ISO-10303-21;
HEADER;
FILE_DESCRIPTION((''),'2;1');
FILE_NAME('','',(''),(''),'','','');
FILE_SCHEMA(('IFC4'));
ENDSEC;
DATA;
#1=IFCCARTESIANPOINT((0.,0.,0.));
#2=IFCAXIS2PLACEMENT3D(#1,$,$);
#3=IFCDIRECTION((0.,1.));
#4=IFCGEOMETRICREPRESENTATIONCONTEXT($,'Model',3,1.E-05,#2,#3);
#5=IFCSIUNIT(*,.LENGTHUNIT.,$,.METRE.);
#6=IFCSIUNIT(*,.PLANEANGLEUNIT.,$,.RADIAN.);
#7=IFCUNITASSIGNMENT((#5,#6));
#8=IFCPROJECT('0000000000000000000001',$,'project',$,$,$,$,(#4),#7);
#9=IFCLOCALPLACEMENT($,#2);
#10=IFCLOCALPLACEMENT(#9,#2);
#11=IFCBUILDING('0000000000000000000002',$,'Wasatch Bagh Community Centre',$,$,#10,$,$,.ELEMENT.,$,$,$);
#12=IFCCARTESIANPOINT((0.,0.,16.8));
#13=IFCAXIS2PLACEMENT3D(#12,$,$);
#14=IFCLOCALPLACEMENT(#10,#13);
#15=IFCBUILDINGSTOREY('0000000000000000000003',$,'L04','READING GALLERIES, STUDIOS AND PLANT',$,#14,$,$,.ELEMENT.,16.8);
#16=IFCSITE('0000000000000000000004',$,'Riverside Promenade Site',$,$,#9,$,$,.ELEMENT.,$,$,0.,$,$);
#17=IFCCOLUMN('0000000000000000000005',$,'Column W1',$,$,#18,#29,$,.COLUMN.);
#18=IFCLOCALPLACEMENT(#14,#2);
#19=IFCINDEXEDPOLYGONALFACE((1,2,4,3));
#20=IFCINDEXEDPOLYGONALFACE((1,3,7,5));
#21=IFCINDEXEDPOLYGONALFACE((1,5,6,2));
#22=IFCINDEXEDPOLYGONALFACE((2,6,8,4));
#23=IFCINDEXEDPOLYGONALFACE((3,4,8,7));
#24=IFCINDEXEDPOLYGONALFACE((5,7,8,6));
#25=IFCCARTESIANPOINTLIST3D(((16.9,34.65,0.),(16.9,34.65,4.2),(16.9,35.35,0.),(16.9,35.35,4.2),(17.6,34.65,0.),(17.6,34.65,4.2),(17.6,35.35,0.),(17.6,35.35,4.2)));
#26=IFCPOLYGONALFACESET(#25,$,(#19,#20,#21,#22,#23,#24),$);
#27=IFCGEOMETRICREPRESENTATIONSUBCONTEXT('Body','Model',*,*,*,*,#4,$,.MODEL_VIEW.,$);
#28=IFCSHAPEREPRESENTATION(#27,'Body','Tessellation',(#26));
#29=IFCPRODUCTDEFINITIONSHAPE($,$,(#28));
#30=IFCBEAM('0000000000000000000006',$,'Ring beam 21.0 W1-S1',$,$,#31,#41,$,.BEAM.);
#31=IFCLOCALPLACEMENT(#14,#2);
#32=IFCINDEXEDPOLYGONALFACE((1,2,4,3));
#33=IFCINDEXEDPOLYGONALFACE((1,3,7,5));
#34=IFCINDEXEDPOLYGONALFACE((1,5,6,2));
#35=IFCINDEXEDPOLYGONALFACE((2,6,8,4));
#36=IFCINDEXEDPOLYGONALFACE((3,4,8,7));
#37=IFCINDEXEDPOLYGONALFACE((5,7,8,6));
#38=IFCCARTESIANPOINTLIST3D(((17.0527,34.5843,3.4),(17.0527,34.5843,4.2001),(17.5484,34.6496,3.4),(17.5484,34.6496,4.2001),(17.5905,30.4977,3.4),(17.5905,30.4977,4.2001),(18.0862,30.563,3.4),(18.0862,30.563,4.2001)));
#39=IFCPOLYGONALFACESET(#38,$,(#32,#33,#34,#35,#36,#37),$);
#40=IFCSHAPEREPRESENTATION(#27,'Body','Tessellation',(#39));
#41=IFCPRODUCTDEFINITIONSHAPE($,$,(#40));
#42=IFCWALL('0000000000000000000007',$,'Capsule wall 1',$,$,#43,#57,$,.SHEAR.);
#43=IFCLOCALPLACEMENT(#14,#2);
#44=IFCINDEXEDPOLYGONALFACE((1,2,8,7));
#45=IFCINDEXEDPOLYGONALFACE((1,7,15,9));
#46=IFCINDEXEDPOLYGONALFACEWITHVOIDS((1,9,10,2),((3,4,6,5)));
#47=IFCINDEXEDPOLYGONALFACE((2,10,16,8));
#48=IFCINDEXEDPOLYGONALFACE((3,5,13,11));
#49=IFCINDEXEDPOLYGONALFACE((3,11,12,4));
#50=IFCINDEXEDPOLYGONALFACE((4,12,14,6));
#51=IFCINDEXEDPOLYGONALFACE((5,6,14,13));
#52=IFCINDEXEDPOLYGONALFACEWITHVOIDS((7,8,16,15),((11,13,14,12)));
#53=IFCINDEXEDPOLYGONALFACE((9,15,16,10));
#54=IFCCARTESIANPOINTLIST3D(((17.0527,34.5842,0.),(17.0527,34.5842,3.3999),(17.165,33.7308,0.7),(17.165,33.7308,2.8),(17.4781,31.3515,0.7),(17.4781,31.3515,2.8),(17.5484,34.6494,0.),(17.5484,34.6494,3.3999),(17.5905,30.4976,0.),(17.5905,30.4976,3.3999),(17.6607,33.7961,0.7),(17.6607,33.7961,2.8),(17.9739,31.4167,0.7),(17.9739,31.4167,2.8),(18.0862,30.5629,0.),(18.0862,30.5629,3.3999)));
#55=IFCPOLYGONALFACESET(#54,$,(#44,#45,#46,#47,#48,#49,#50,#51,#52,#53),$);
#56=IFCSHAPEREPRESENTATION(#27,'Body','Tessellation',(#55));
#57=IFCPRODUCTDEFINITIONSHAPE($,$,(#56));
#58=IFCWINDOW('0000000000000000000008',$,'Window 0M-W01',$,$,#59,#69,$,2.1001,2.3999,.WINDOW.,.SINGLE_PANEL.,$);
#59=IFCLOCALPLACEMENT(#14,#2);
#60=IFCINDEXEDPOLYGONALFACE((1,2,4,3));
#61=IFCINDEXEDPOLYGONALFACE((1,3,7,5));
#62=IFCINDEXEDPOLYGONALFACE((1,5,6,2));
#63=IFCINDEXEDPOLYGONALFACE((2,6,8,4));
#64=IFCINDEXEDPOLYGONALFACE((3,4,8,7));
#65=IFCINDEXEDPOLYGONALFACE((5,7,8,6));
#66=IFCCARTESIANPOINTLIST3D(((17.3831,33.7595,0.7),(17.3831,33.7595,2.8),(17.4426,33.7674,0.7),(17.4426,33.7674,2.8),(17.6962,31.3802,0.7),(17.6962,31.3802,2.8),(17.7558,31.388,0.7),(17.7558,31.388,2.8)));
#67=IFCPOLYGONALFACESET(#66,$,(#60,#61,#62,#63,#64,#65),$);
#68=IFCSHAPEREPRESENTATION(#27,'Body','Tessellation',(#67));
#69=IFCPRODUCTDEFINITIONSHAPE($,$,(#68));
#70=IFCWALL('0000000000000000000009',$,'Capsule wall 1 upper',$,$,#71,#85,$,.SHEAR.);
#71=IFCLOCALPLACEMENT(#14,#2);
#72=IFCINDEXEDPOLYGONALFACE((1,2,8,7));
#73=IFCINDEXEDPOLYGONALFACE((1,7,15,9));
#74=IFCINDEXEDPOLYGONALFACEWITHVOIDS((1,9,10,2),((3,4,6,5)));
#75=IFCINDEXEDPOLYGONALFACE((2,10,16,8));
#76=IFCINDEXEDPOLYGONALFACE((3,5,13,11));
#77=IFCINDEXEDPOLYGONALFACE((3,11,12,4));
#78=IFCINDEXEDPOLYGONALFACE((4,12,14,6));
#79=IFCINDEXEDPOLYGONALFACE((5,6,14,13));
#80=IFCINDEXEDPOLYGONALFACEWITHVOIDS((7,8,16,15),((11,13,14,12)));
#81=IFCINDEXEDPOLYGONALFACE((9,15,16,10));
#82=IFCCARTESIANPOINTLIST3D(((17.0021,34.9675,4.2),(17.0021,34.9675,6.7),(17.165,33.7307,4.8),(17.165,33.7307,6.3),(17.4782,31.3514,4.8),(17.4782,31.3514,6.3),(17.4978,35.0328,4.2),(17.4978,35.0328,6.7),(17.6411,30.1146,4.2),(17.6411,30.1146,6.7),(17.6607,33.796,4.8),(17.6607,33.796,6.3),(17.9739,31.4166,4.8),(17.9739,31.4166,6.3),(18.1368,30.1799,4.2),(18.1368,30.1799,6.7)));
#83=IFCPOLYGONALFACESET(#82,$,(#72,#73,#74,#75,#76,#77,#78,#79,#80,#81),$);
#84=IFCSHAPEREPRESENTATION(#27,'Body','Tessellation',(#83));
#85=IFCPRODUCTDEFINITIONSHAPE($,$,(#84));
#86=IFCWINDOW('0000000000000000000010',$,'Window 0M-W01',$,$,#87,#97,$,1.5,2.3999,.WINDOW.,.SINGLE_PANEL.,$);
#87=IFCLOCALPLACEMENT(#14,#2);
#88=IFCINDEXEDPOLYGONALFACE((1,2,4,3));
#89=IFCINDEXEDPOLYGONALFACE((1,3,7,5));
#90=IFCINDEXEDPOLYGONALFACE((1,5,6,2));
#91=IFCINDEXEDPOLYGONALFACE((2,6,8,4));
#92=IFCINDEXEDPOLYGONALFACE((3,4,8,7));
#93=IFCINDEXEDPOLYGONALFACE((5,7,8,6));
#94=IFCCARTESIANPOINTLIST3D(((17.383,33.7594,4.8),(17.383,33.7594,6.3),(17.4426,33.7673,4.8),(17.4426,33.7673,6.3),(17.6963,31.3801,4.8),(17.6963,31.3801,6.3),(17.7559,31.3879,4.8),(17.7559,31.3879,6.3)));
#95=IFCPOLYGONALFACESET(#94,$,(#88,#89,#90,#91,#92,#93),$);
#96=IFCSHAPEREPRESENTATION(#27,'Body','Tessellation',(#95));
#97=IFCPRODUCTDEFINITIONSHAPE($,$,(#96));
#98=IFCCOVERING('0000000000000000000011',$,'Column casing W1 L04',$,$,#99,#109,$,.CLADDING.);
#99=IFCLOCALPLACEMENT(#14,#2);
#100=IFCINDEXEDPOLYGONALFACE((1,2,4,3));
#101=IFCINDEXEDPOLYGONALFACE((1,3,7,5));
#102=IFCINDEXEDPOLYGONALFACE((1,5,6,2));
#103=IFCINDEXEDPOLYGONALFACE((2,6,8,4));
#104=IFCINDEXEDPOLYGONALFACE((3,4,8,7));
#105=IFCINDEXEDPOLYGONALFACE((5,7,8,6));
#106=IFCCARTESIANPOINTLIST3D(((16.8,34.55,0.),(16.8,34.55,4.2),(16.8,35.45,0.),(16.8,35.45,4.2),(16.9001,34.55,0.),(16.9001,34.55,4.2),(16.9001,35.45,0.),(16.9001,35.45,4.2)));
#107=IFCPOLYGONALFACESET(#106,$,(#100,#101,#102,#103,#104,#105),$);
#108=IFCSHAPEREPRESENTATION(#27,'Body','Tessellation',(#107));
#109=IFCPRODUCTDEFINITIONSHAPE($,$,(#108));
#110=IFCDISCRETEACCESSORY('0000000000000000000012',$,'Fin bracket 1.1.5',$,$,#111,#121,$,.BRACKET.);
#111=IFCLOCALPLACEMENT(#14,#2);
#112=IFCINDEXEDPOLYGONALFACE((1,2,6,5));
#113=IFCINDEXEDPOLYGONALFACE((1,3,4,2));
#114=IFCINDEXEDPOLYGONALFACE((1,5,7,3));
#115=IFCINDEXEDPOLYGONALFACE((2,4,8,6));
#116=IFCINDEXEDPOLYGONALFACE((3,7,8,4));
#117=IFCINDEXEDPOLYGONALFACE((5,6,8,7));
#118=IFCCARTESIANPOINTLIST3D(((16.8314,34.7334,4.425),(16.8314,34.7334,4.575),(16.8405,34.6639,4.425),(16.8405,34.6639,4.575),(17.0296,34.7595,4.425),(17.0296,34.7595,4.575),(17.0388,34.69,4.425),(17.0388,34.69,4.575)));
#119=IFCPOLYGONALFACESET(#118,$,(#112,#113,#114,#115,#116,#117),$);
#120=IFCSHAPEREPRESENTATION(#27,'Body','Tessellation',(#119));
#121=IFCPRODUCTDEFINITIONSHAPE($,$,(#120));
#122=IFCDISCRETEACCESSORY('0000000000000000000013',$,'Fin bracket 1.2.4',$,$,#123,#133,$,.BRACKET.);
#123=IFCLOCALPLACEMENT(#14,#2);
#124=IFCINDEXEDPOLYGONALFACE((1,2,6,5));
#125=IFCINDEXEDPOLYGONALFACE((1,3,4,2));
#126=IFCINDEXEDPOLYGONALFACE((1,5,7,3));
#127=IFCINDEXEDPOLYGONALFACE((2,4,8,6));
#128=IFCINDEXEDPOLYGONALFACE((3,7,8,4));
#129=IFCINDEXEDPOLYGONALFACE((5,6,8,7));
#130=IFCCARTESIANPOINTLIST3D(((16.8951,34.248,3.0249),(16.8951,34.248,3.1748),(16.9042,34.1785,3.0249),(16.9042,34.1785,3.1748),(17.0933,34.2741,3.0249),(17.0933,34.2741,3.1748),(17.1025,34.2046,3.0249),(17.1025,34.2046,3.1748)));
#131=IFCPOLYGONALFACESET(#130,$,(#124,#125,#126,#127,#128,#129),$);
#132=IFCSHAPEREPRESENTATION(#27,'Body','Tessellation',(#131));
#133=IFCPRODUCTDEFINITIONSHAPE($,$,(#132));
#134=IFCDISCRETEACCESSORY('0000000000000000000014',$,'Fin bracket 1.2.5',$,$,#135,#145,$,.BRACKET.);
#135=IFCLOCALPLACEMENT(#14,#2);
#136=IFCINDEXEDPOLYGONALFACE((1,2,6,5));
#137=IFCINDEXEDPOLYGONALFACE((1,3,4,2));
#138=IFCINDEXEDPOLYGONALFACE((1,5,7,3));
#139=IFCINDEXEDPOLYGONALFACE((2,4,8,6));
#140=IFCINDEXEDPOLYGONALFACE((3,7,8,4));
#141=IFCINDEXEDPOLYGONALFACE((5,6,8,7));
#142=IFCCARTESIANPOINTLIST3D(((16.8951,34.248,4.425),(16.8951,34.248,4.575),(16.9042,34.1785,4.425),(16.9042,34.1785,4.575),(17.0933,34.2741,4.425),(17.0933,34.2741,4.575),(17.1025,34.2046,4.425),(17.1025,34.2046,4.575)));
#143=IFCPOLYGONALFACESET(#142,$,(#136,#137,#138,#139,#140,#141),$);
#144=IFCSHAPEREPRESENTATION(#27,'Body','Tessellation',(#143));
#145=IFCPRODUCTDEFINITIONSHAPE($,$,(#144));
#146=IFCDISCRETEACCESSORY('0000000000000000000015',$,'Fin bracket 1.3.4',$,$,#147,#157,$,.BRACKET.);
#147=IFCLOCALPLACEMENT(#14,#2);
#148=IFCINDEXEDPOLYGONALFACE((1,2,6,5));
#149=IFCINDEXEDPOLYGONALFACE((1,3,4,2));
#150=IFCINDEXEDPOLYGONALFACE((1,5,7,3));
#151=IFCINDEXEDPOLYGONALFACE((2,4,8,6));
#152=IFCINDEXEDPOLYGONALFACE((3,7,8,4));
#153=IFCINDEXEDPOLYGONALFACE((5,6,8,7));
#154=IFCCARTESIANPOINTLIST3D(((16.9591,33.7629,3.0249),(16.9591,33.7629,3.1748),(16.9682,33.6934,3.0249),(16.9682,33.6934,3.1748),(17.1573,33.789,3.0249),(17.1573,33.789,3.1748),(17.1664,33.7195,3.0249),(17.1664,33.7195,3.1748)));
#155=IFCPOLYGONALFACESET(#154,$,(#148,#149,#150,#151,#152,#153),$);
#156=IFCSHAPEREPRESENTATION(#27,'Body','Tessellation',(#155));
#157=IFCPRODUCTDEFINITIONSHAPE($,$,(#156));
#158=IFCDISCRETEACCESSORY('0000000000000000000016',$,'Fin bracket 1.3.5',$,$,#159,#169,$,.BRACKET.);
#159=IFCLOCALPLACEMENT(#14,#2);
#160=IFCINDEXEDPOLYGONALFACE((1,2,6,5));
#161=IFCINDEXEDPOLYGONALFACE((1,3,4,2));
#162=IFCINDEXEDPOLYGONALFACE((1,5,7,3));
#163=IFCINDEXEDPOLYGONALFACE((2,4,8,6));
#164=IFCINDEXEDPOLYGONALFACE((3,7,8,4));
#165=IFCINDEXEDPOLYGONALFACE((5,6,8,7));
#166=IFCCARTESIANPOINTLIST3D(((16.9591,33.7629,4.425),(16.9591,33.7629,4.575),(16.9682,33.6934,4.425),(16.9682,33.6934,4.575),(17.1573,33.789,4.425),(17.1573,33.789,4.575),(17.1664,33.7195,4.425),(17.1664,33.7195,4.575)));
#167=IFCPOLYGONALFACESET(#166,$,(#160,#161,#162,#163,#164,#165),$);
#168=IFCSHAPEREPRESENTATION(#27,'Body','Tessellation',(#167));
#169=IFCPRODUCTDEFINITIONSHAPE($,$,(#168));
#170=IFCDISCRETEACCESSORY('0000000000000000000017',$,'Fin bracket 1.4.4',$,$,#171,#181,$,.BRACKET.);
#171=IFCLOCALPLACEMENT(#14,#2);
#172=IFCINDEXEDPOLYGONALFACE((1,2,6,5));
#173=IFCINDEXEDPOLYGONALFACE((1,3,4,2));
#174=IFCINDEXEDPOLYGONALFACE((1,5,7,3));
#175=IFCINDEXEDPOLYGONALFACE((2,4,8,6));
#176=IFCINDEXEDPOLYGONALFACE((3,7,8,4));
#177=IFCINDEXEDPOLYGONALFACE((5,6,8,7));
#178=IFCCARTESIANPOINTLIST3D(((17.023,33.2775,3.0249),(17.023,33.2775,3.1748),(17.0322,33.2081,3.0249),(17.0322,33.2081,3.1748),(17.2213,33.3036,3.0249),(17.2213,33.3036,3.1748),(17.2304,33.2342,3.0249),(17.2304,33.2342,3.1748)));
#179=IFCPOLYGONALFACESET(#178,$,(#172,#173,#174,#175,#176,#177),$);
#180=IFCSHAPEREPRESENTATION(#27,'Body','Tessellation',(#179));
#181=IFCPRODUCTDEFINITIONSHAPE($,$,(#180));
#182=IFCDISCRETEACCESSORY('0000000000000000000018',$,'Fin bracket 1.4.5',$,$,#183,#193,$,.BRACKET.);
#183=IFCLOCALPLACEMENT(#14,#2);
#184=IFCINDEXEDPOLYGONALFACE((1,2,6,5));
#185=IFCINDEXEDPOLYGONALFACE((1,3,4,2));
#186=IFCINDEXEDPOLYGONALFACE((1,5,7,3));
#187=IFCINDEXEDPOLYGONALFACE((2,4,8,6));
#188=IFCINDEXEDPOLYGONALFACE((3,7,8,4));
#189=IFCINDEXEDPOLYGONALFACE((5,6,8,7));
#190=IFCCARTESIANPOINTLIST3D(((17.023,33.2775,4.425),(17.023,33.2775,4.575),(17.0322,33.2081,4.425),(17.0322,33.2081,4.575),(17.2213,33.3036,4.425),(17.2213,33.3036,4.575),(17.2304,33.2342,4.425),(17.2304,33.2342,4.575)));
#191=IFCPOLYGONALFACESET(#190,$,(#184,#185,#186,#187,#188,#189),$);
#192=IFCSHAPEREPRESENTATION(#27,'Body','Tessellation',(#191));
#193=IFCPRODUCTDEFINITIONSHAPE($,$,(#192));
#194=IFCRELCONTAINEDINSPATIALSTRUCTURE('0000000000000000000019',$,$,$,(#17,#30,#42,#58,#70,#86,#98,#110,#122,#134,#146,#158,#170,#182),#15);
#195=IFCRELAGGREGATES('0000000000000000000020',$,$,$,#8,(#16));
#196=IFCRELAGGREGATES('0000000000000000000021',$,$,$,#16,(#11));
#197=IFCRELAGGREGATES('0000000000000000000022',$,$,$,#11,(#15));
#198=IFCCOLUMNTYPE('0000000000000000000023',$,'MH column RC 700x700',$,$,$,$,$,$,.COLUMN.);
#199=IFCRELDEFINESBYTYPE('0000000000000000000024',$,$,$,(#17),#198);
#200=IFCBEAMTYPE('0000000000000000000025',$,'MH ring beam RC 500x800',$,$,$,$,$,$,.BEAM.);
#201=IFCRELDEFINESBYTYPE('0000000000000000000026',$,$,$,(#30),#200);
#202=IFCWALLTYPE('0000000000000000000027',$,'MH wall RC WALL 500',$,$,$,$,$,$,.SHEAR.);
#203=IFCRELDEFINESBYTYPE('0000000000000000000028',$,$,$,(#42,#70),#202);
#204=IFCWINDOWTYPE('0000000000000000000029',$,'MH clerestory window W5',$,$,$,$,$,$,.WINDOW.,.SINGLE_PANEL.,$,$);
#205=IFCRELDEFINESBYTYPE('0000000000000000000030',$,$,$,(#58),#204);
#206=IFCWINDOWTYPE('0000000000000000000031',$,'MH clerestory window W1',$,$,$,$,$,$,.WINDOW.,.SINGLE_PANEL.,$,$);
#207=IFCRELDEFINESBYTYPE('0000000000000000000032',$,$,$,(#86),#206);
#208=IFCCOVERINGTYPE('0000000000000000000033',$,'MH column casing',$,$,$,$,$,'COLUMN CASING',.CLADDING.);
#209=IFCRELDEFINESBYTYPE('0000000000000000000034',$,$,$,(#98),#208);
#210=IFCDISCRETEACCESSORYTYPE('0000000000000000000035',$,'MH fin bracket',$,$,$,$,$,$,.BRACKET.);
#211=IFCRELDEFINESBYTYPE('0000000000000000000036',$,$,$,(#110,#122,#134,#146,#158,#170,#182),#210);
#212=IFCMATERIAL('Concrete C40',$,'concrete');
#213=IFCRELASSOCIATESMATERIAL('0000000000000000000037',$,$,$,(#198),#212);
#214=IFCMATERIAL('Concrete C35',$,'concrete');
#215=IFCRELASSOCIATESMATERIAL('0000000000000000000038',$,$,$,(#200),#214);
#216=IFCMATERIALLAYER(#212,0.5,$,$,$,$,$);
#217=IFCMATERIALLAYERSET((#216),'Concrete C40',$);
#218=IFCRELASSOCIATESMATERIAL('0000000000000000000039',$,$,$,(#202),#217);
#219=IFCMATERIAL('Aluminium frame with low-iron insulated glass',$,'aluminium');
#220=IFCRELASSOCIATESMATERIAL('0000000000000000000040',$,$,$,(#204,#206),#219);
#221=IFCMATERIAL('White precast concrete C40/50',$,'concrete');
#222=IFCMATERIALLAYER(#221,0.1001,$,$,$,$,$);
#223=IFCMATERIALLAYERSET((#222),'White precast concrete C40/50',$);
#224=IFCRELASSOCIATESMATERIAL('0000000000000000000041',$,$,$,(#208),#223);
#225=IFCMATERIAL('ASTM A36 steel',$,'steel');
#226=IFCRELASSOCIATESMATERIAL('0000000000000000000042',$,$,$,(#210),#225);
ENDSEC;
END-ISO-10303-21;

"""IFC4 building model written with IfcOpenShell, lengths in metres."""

from ifc_helpers import new_model, si_unit, direction, frame, frame_2d, origin, origin_2d, place, context, subcontext, project, spatial, rectangle, extrude, material, layer, layer_set, material_profile, profile_set, type_object, element, fill, save


model = new_model("IFC4")

# Units and contexts
model_context = context("Model", 3, precision=1e-05, world=origin(), true_north=direction((0.0, 1.0)))
body_context = subcontext(model_context, "Body", "Model", "MODEL_VIEW")
ifc_project = project(units=[si_unit("LENGTHUNIT", "METRE"), si_unit("PLANEANGLEUNIT", "RADIAN")], contexts=[model_context])

# Site, building, storey
site_placement = place(None, origin())
site = spatial("IfcSite", under=ifc_project, at=site_placement, Name="Riverside Promenade Site", CompositionType="ELEMENT", RefElevation=0.0)
building_placement = place(site_placement, origin())
building = spatial("IfcBuilding", under=site, at=building_placement, Name="Wasatch Bagh Community Centre", CompositionType="ELEMENT")
storey_placement = place(building_placement, frame((0.0, 0.0, 16.8)))
storey = spatial("IfcBuildingStorey", under=building, at=storey_placement, Name="L04", Description="READING GALLERIES, STUDIOS AND PLANT", CompositionType="ELEMENT", Elevation=16.8)

# Column
ifc_material_1 = material(Name="Concrete C40", Category="concrete")
ifc_material_profile_1 = material_profile(ifc_material_1, rectangle(XDim=0.7, YDim=0.7, at=origin_2d()), Name="RC 700x700")
ifc_profile_set_1 = profile_set([ifc_material_profile_1], Name="Concrete C40")
column_type = type_object("IfcColumnType", Name="MH column RC 700x700", PredefinedType="COLUMN", material=ifc_profile_set_1)
column_placement = place(storey_placement, frame((17.25, 35.0, 0.0), z_axis=(0.0, 0.0, 1.0), x_axis=(1.0, 0.0, 0.0)))
element("IfcColumn", 1, at=column_placement, inside=storey, type_object=column_type, Name="Column W1", PredefinedType="COLUMN", context=body_context, shape_type="SweptSolid", body=[
    extrude(rectangle(XDim=0.7, YDim=0.7, at=origin_2d()), origin(), (0.0, 0.0, 1.0), 4.2),
])

# Beam
ifc_material_2 = material(Name="Concrete C35", Category="concrete")
ifc_material_profile_2 = material_profile(ifc_material_2, rectangle(XDim=0.5, YDim=0.8, at=origin_2d()), Name="RC 500x800")
ifc_profile_set_2 = profile_set([ifc_material_profile_2], Name="Concrete C35")
beam_type = type_object("IfcBeamType", Name="MH ring beam RC 500x800", PredefinedType="BEAM", material=ifc_profile_set_2)
beam_placement = place(storey_placement, frame((17.3005, 34.6169, 3.8), z_axis=(0.130484, -0.99145, 0.0), x_axis=(0.99145, 0.130484, 0.0)))
element("IfcBeam", 2, at=beam_placement, inside=storey, type_object=beam_type, Name="Ring beam 21.0 W1-S1", PredefinedType="BEAM", context=body_context, shape_type="SweptSolid", body=[
    extrude(rectangle(XDim=0.5, YDim=0.8, at=origin_2d()), origin(), (0.0, 0.0, 1.0), 4.1218),
])

# Walls, openings, windows
ifc_layer_1 = layer(ifc_material_1, 0.5)
ifc_layer_set_1 = layer_set([ifc_layer_1], Name="Concrete C40")
wall_type = type_object("IfcWallType", Name="MH wall RC WALL 500", PredefinedType="SHEAR", material=ifc_layer_set_1)
wall_1_placement = place(storey_placement, frame((17.3005, 34.6169, 0.0), z_axis=(0.0, 0.0, 1.0), x_axis=(0.130484, -0.99145, 0.0)))
wall_1 = element("IfcWall", 3, at=wall_1_placement, inside=storey, type_object=wall_type, Name="Capsule wall 1", PredefinedType="SHEAR", context=body_context, shape_type="SweptSolid", body=[
    extrude(rectangle(XDim=4.1218, YDim=0.5, at=frame_2d((2.061, 0.0))), origin(), (0.0, 0.0, 1.0), 3.3999),
])
opening_1_placement = place(wall_1_placement, frame((0.8608, 0.0, 0.7)))
opening_1 = element("IfcOpeningElement", 4, at=opening_1_placement, cuts=wall_1, PredefinedType="OPENING", context=body_context, shape_type="SweptSolid", body=[
    extrude(rectangle(XDim=2.3999, YDim=2.1001, at=frame_2d((1.2, 1.05))), frame((0.0, 0.26, 0.0), z_axis=(0.0, -1.0, 0.0), x_axis=(1.0, 0.0, 0.0)), (0.0, 0.0, 1.0), 0.52),
])
ifc_material_3 = material(Name="Aluminium frame with low-iron insulated glass", Category="aluminium")
window_type_1 = type_object("IfcWindowType", Name="MH clerestory window W5", PartitioningType="SINGLE_PANEL", PredefinedType="WINDOW", material=ifc_material_3)
window_1_placement = place(opening_1_placement, origin())
window_1 = element("IfcWindow", 5, at=window_1_placement, inside=storey, type_object=window_type_1, Name="Window 0M-W01", OverallHeight=2.1001, OverallWidth=2.3999, PartitioningType="SINGLE_PANEL", PredefinedType="WINDOW", context=body_context, shape_type="SweptSolid", body=[
    extrude(rectangle(XDim=2.3999, YDim=2.1001, at=frame_2d((1.2, 1.05))), frame((0.0, 0.03, 0.0), z_axis=(0.0, -1.0, 0.0), x_axis=(1.0, 0.0, 0.0)), (0.0, 0.0, 1.0), 0.0601),
])
fill(opening_1, window_1)
wall_2_placement = place(storey_placement, frame((17.25, 35.0, 4.2), z_axis=(0.0, 0.0, 1.0), x_axis=(0.130533, -0.991444, 0.0)))
wall_2 = element("IfcWall", 6, at=wall_2_placement, inside=storey, type_object=wall_type, Name="Capsule wall 1 upper", PredefinedType="SHEAR", context=body_context, shape_type="SweptSolid", body=[
    extrude(rectangle(XDim=4.8948, YDim=0.5, at=frame_2d((2.4473, 0.0))), origin(), (0.0, 0.0, 1.0), 2.5),
])
opening_2_placement = place(wall_2_placement, frame((1.2473, 0.0, 0.6001)))
opening_2 = element("IfcOpeningElement", 7, at=opening_2_placement, cuts=wall_2, PredefinedType="OPENING", context=body_context, shape_type="SweptSolid", body=[
    extrude(rectangle(XDim=2.3999, YDim=1.5, at=frame_2d((1.2, 0.75))), frame((0.0, 0.26, 0.0), z_axis=(0.0, -1.0, 0.0), x_axis=(1.0, 0.0, 0.0)), (0.0, 0.0, 1.0), 0.52),
])
window_type_2 = type_object("IfcWindowType", Name="MH clerestory window W1", PartitioningType="SINGLE_PANEL", PredefinedType="WINDOW", material=ifc_material_3)
window_2_placement = place(opening_2_placement, origin())
window_2 = element("IfcWindow", 8, at=window_2_placement, inside=storey, type_object=window_type_2, Name="Window 0M-W01", OverallHeight=1.5, OverallWidth=2.3999, PartitioningType="SINGLE_PANEL", PredefinedType="WINDOW", context=body_context, shape_type="SweptSolid", body=[
    extrude(rectangle(XDim=2.3999, YDim=1.5, at=frame_2d((1.2, 0.75))), frame((0.0, 0.03, 0.0), z_axis=(0.0, -1.0, 0.0), x_axis=(1.0, 0.0, 0.0)), (0.0, 0.0, 1.0), 0.0601),
])
fill(opening_2, window_2)

# Covering
ifc_material_4 = material(Name="White precast concrete C40/50", Category="concrete")
ifc_layer_2 = layer(ifc_material_4, 0.1001)
ifc_layer_set_2 = layer_set([ifc_layer_2], Name="White precast concrete C40/50")
covering_type = type_object("IfcCoveringType", Name="MH column casing", ElementType="COLUMN CASING", PredefinedType="CLADDING", material=ifc_layer_set_2)
covering_placement = place(storey_placement, frame((16.8501, 35.0, 0.0), z_axis=(0.0, 0.0, 1.0), x_axis=(0.0, -1.0, 0.0)))
element("IfcCovering", 9, at=covering_placement, inside=storey, type_object=covering_type, Name="Column casing W1 L04", PredefinedType="CLADDING", context=body_context, shape_type="SweptSolid", body=[
    extrude(rectangle(XDim=0.8999, YDim=0.1001, at=origin_2d()), origin(), (0.0, 0.0, 1.0), 4.2),
])

# Discrete accessories
ifc_material_5 = material(Name="ASTM A36 steel", Category="steel")
discrete_accessory_type = type_object("IfcDiscreteAccessoryType", Name="MH fin bracket", PredefinedType="BRACKET", material=ifc_material_5)
for number, where, z_axis, x_axis, name in (
    (10, (16.9351, 34.7117, 4.425), (0.0, 0.0, 1.0), (0.130526, -0.991445, 0.0), "Fin bracket 1.1.5"),
    (11, (16.9988, 34.2263, 3.0249), (0.0, 0.0, 1.0), (0.130526, -0.991445, 0.0), "Fin bracket 1.2.4"),
    (12, (16.9988, 34.2263, 4.425), (0.0, 0.0, 1.0), (0.130526, -0.991445, 0.0), "Fin bracket 1.2.5"),
    (13, (17.0627, 33.7412, 3.0249), (0.0, 0.0, 1.0), (0.130526, -0.991445, 0.0), "Fin bracket 1.3.4"),
    (14, (17.0627, 33.7412, 4.425), (0.0, 0.0, 1.0), (0.130526, -0.991445, 0.0), "Fin bracket 1.3.5"),
    (15, (17.1267, 33.2559, 3.0249), (0.0, 0.0, 1.0), (0.130526, -0.991445, 0.0), "Fin bracket 1.4.4"),
    (16, (17.1267, 33.2559, 4.425), (0.0, 0.0, 1.0), (0.130526, -0.991445, 0.0), "Fin bracket 1.4.5"),
):
    element("IfcDiscreteAccessory", number, at=place(storey_placement, frame(where, z_axis=z_axis, x_axis=x_axis)), inside=storey, type_object=discrete_accessory_type, Name=name, PredefinedType="BRACKET", context=body_context, shape_type="SweptSolid", body=[
        extrude(rectangle(XDim=0.0701, YDim=0.2, at=origin_2d()), origin(), (0.0, 0.0, 1.0), 0.1499),
    ])

save(model, "model.ifc")
